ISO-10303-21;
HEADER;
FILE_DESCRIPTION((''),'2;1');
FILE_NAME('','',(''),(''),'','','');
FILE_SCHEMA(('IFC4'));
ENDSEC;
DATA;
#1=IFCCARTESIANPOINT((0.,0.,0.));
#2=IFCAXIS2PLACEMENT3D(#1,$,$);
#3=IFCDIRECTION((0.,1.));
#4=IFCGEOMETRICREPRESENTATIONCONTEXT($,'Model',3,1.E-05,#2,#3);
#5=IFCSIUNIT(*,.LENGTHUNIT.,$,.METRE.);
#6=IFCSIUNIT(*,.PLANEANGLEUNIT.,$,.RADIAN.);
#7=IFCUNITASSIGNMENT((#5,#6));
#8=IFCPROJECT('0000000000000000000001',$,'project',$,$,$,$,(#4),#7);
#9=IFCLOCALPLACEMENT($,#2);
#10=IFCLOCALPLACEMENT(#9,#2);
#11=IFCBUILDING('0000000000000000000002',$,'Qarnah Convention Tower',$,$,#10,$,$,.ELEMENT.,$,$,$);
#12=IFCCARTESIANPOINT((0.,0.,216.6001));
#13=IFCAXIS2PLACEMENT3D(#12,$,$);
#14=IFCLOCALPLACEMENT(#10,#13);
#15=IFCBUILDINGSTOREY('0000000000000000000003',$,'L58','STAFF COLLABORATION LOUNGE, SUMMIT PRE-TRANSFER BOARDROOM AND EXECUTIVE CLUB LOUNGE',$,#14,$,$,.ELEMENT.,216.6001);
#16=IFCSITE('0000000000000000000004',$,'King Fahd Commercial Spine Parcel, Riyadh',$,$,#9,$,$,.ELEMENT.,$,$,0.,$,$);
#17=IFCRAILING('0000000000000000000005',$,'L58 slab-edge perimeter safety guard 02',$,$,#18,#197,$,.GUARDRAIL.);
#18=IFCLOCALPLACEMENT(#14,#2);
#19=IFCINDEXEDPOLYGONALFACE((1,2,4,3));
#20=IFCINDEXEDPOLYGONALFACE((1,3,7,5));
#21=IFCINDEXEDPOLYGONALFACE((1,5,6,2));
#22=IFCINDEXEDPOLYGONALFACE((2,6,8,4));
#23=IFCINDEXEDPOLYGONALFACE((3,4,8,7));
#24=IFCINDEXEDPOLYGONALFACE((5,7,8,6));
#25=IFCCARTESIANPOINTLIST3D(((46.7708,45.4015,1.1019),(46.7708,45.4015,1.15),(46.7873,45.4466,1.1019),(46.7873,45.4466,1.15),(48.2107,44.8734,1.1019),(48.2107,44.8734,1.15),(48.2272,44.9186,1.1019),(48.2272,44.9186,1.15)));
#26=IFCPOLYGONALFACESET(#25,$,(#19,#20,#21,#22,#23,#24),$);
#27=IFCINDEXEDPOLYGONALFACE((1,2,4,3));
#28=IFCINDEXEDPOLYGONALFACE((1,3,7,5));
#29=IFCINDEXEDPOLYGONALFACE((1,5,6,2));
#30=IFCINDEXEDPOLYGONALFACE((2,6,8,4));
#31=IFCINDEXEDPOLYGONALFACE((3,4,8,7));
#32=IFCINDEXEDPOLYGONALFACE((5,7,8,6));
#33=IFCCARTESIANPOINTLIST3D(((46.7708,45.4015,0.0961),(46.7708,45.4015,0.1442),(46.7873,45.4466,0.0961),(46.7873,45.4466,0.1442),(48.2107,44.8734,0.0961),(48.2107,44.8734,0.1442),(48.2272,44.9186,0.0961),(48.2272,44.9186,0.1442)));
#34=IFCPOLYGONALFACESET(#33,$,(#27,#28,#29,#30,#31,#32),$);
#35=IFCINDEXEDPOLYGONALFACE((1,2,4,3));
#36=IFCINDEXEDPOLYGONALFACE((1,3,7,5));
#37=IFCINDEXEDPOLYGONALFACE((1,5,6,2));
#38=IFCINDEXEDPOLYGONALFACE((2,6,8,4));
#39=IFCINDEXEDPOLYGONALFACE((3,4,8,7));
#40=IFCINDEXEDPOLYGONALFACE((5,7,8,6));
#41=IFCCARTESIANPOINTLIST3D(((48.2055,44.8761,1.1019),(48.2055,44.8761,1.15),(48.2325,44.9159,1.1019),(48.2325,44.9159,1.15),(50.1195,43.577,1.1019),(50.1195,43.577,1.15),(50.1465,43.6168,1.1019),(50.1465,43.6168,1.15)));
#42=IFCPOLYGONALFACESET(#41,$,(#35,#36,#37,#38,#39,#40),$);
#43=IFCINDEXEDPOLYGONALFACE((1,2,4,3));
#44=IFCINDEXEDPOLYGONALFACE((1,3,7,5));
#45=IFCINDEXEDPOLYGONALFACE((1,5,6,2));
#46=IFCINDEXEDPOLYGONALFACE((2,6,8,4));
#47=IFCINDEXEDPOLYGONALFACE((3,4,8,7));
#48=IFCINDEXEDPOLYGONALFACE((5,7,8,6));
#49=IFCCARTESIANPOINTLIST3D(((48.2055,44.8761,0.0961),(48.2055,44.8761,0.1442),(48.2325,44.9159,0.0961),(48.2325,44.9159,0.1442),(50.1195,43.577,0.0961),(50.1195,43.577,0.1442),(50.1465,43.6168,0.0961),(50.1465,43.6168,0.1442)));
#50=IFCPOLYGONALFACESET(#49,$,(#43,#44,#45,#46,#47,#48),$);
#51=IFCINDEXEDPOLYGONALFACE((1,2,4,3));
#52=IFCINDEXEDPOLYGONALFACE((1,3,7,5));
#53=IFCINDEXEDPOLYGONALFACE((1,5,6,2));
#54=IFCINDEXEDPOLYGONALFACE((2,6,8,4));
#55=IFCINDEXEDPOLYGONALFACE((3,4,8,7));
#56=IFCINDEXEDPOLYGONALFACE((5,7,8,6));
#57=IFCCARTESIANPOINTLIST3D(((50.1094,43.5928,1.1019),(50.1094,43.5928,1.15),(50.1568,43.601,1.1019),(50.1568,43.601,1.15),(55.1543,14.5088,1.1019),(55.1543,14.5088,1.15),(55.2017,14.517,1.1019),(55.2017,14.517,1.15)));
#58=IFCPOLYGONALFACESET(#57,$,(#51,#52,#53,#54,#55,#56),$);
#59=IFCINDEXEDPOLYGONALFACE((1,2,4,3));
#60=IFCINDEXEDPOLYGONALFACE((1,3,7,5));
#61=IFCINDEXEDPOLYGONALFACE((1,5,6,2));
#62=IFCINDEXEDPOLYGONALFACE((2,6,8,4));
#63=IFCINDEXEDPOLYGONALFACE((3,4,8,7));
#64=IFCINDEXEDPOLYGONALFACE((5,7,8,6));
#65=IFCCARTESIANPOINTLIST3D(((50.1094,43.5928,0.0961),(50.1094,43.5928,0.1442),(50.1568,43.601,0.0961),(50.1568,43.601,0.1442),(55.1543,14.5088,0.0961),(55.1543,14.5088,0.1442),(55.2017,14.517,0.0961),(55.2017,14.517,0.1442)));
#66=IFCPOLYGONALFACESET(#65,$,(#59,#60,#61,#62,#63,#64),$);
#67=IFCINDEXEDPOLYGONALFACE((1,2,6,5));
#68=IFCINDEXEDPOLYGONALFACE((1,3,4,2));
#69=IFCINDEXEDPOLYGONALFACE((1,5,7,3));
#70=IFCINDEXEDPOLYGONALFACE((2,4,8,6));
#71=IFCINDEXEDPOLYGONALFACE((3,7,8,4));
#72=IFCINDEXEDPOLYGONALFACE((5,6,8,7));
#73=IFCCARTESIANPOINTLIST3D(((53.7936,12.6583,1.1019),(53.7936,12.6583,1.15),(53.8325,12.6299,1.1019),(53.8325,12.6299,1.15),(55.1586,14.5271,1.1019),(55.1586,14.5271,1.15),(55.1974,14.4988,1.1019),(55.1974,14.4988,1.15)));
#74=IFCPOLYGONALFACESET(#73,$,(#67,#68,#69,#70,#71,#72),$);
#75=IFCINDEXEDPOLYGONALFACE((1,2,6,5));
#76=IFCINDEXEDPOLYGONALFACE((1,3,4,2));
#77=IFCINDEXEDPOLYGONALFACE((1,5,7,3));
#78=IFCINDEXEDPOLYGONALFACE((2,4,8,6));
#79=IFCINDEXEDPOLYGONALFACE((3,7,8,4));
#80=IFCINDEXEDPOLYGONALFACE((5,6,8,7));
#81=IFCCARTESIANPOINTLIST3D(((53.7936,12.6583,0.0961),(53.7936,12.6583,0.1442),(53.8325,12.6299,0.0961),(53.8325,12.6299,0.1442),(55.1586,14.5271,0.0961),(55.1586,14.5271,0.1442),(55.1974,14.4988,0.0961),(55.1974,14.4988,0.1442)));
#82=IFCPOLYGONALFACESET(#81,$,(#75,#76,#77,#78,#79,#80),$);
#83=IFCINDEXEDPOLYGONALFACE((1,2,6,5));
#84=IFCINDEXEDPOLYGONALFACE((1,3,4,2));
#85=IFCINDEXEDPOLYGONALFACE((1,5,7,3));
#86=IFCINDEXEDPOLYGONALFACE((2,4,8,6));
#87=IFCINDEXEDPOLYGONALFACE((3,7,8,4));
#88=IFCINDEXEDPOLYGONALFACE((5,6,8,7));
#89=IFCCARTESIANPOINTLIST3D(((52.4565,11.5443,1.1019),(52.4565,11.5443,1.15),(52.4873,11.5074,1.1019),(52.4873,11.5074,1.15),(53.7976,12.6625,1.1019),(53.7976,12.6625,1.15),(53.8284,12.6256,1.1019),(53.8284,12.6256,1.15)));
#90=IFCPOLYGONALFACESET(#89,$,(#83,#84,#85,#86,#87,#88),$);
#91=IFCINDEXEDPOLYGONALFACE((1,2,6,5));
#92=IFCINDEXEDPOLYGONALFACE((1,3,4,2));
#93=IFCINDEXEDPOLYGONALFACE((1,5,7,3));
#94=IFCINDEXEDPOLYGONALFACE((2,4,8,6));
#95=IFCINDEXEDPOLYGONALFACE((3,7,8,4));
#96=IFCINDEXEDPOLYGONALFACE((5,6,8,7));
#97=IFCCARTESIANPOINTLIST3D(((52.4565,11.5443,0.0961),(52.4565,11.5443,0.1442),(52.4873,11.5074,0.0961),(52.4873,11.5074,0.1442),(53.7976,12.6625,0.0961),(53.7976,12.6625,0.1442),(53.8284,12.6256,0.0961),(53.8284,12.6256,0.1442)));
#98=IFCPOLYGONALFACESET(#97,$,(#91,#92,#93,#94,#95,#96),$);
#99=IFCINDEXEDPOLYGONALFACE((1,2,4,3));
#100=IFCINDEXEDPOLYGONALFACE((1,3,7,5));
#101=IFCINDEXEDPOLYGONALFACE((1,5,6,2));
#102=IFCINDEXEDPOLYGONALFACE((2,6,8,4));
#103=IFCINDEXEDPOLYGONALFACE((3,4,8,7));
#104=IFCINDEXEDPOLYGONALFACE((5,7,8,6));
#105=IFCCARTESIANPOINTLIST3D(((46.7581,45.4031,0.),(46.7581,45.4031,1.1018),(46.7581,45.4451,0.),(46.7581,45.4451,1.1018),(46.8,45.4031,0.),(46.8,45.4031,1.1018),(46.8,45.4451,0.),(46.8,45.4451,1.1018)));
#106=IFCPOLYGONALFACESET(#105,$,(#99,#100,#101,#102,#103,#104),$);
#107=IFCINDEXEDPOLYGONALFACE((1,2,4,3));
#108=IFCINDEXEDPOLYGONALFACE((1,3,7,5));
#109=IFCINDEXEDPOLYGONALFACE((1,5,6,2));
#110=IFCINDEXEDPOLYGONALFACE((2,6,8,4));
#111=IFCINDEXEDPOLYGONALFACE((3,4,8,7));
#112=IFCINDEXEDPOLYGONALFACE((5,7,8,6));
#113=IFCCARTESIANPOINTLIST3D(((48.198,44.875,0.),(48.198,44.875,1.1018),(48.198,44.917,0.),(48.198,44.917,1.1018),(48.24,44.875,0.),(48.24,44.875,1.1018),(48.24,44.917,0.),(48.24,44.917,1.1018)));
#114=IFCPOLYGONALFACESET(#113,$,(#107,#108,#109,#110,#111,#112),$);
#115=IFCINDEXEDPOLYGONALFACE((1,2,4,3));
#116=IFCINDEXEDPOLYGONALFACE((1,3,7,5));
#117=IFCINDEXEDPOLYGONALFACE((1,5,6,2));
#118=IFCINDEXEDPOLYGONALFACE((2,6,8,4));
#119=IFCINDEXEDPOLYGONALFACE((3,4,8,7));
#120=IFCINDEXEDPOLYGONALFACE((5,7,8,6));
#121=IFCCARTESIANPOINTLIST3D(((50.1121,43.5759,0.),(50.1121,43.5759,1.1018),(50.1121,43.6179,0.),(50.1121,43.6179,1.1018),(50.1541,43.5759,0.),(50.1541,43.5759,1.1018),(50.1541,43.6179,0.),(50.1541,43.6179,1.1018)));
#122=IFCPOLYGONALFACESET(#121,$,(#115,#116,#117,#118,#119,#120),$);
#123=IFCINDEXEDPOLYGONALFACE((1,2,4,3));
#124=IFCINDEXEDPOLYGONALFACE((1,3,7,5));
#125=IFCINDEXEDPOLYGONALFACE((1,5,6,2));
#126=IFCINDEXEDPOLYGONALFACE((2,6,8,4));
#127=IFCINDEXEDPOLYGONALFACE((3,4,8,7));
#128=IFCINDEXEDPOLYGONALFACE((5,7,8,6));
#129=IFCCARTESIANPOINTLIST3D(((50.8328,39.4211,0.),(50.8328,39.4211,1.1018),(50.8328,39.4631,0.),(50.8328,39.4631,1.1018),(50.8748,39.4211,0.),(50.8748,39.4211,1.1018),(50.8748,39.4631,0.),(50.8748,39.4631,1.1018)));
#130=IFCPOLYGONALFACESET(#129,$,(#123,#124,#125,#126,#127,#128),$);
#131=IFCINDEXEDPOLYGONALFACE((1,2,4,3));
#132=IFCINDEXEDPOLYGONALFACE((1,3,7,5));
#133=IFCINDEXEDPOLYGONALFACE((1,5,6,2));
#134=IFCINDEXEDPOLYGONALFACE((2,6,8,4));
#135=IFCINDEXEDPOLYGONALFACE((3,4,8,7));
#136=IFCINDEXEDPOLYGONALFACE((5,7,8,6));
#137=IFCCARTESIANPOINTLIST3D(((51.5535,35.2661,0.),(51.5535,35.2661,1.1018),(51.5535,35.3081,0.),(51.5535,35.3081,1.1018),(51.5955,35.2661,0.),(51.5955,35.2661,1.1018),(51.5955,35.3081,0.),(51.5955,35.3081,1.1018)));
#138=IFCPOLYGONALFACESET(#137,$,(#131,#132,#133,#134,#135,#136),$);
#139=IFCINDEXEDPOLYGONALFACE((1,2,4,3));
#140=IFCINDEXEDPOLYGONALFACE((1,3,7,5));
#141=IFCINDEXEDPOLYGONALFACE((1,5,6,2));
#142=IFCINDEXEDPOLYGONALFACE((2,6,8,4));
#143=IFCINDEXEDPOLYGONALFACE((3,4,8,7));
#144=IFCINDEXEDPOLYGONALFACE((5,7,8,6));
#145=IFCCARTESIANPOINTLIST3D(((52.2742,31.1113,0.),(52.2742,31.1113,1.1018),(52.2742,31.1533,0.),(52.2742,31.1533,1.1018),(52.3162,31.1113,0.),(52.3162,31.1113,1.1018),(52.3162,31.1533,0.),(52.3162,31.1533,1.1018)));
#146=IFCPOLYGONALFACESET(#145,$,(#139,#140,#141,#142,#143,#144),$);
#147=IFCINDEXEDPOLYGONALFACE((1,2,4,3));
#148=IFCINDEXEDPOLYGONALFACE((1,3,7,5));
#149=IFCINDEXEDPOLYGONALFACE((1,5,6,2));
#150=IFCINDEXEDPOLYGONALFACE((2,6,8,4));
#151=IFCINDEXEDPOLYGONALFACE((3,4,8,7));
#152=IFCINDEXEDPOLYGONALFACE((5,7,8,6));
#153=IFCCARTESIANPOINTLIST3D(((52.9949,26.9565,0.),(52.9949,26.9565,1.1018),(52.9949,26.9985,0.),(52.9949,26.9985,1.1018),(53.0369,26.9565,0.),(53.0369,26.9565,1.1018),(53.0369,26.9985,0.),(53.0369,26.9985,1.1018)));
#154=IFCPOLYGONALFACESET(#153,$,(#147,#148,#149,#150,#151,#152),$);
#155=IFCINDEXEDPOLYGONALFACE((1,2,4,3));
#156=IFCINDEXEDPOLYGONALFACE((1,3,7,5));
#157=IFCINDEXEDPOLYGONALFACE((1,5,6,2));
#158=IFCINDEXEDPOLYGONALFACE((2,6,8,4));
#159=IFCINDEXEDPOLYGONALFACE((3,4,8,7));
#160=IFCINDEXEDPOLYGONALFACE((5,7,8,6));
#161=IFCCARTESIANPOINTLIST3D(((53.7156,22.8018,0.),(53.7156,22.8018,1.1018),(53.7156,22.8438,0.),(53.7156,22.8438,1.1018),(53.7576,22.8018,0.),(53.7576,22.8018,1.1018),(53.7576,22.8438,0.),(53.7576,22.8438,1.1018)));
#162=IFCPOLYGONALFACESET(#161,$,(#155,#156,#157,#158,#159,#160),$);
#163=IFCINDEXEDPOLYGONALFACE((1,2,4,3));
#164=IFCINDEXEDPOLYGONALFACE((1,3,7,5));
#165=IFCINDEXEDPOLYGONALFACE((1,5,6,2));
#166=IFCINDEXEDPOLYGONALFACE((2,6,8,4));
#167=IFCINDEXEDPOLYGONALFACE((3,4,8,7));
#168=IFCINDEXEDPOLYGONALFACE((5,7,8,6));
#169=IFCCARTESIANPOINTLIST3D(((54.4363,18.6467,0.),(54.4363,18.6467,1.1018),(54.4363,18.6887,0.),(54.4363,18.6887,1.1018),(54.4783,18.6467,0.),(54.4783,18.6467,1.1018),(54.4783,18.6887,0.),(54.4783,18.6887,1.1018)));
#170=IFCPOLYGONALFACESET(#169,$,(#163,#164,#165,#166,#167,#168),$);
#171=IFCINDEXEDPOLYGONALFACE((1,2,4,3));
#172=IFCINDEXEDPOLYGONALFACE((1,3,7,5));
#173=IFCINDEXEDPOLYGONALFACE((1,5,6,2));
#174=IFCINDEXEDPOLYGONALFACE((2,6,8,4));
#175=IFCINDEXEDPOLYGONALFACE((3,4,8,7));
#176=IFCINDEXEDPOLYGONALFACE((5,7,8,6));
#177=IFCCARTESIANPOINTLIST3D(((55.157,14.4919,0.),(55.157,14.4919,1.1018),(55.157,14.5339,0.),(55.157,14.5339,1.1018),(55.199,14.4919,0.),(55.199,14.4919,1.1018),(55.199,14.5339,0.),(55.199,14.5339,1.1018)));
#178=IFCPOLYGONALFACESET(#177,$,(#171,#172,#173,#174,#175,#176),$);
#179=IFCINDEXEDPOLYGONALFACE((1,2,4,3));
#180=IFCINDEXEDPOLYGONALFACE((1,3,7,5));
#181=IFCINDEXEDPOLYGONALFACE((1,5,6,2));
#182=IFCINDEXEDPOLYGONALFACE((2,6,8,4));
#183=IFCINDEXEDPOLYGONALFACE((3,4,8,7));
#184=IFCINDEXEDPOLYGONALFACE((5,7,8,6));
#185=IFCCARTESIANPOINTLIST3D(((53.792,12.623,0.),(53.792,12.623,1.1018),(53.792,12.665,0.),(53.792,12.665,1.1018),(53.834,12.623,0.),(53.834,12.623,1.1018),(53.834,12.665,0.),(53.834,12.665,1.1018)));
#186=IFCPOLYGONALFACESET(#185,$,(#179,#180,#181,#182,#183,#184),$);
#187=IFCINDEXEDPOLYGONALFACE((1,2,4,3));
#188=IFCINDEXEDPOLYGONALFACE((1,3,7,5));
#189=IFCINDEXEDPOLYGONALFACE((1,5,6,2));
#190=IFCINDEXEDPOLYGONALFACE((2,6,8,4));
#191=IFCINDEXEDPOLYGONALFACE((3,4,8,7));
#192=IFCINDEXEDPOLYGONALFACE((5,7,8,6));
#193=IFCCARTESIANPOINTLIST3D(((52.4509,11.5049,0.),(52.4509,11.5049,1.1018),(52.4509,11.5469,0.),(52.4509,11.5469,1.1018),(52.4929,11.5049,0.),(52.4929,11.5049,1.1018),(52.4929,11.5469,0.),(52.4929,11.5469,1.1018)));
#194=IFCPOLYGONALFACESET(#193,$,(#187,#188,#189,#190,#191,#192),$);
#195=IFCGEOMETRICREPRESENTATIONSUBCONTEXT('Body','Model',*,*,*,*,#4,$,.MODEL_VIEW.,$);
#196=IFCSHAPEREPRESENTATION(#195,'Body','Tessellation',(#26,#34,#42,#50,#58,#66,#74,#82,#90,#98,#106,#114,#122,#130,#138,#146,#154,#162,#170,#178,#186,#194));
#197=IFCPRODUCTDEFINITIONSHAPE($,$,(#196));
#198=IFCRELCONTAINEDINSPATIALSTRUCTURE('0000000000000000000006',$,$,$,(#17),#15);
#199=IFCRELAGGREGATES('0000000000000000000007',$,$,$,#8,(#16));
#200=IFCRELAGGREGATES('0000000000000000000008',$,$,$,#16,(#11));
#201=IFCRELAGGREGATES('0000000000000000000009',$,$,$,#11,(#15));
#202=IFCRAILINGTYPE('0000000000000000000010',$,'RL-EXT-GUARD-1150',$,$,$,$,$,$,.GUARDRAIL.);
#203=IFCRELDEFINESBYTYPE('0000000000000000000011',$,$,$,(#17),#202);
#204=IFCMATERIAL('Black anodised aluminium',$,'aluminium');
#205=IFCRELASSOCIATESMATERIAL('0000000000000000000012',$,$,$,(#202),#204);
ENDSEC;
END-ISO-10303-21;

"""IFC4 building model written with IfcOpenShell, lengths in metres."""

from ifc_helpers import new_model, si_unit, direction, frame, origin, origin_2d, place, context, subcontext, project, spatial, rectangle, extrude, material, type_object, element, save


model = new_model("IFC4")

# Units and contexts
model_context = context("Model", 3, precision=1e-05, world=origin(), true_north=direction((0.0, 1.0)))
body_context = subcontext(model_context, "Body", "Model", "MODEL_VIEW")
ifc_project = project(units=[si_unit("LENGTHUNIT", "METRE"), si_unit("PLANEANGLEUNIT", "RADIAN")], contexts=[model_context])

# Site, building, storey
site_placement = place(None, origin())
site = spatial("IfcSite", under=ifc_project, at=site_placement, Name="King Fahd Commercial Spine Parcel, Riyadh", CompositionType="ELEMENT", RefElevation=0.0)
building_placement = place(site_placement, origin())
building = spatial("IfcBuilding", under=site, at=building_placement, Name="Qarnah Convention Tower", CompositionType="ELEMENT")
storey_placement = place(building_placement, frame((0.0, 0.0, 216.6001)))
storey = spatial("IfcBuildingStorey", under=building, at=storey_placement, Name="L58", Description="STAFF COLLABORATION LOUNGE, SUMMIT PRE-TRANSFER BOARDROOM AND EXECUTIVE CLUB LOUNGE", CompositionType="ELEMENT", Elevation=216.6001)

# Shared definitions
ifc_material_1 = material(Name="Black anodised aluminium", Category="aluminium")

# Railing
railing_type = type_object("IfcRailingType", Name="RL-EXT-GUARD-1150", PredefinedType="GUARDRAIL", material=ifc_material_1)
railing_1_placement = place(storey_placement, frame((46.7791, 45.4241, 0.0)))
element("IfcRailing", 1, at=railing_1_placement, inside=storey, type_object=railing_type, Name="L58 slab-edge perimeter safety guard 02", PredefinedType="GUARDRAIL", context=body_context, shape_type="SweptSolid", body=[
    extrude(rectangle(XDim=0.0481, YDim=0.0481, at=origin_2d()), frame((0.0, 0.0, 1.126), z_axis=(0.938856, -0.344311, 0.0), x_axis=(0.344311, 0.938856, 0.0)), (0.0, 0.0, 1.0), 1.5337),
    extrude(rectangle(XDim=0.0481, YDim=0.0481, at=origin_2d()), frame((0.0, 0.0, 0.1201), z_axis=(0.938856, -0.344311, 0.0), x_axis=(0.344311, 0.938856, 0.0)), (0.0, 0.0, 1.0), 1.5337),
    extrude(rectangle(XDim=0.0481, YDim=0.0481, at=origin_2d()), frame((1.4399, -0.5281, 1.126), z_axis=(0.827427, -0.561574, 0.0), x_axis=(0.561574, 0.827427, 0.0)), (0.0, 0.0, 1.0), 2.3132),
    extrude(rectangle(XDim=0.0481, YDim=0.0481, at=origin_2d()), frame((1.4399, -0.5281, 0.1201), z_axis=(0.827427, -0.561574, 0.0), x_axis=(0.561574, 0.827427, 0.0)), (0.0, 0.0, 1.0), 2.3132),
    extrude(rectangle(XDim=0.0481, YDim=0.0481, at=origin_2d()), frame((3.354, -1.8271, 1.126), z_axis=(0.170908, -0.985287, 0.0), x_axis=(0.985287, 0.170908, 0.0)), (0.0, 0.0, 1.0), 29.5183),
    extrude(rectangle(XDim=0.0481, YDim=0.0481, at=origin_2d()), frame((3.354, -1.8271, 0.1201), z_axis=(0.170908, -0.985287, 0.0), x_axis=(0.985287, 0.170908, 0.0)), (0.0, 0.0, 1.0), 29.5183),
    extrude(rectangle(XDim=0.0481, YDim=0.0481, at=origin_2d()), frame((8.3989, -30.9111, 1.126), z_axis=(-0.589808, -0.807544, 0.0), x_axis=(0.807544, -0.589808, 0.0)), (0.0, 0.0, 1.0), 2.3142),
    extrude(rectangle(XDim=0.0481, YDim=0.0481, at=origin_2d()), frame((8.3989, -30.9111, 0.1201), z_axis=(-0.589808, -0.807544, 0.0), x_axis=(0.807544, -0.589808, 0.0)), (0.0, 0.0, 1.0), 2.3142),
    extrude(rectangle(XDim=0.0481, YDim=0.0481, at=origin_2d()), frame((7.0339, -32.78, 1.126), z_axis=(-0.768049, -0.640391, 0.0), x_axis=(0.640391, -0.768049, 0.0)), (0.0, 0.0, 1.0), 1.7461),
    extrude(rectangle(XDim=0.0481, YDim=0.0481, at=origin_2d()), frame((7.0339, -32.78, 0.1201), z_axis=(-0.768049, -0.640391, 0.0), x_axis=(0.640391, -0.768049, 0.0)), (0.0, 0.0, 1.0), 1.7461),
    extrude(rectangle(XDim=0.042, YDim=0.042, at=origin_2d()), origin(), (0.0, 0.0, 1.0), 1.1018),
    extrude(rectangle(XDim=0.042, YDim=0.042, at=origin_2d()), frame((1.4399, -0.5281, 0.0)), (0.0, 0.0, 1.0), 1.1018),
    extrude(rectangle(XDim=0.042, YDim=0.042, at=origin_2d()), frame((3.354, -1.8271, 0.0)), (0.0, 0.0, 1.0), 1.1018),
    extrude(rectangle(XDim=0.042, YDim=0.042, at=origin_2d()), frame((4.0747, -5.9819, 0.0)), (0.0, 0.0, 1.0), 1.1018),
    extrude(rectangle(XDim=0.042, YDim=0.042, at=origin_2d()), frame((4.7954, -10.137, 0.0)), (0.0, 0.0, 1.0), 1.1018),
    extrude(rectangle(XDim=0.042, YDim=0.042, at=origin_2d()), frame((5.5161, -14.2917, 0.0)), (0.0, 0.0, 1.0), 1.1018),
    extrude(rectangle(XDim=0.042, YDim=0.042, at=origin_2d()), frame((6.2368, -18.4465, 0.0)), (0.0, 0.0, 1.0), 1.1018),
    extrude(rectangle(XDim=0.042, YDim=0.042, at=origin_2d()), frame((6.9575, -22.6013, 0.0)), (0.0, 0.0, 1.0), 1.1018),
    extrude(rectangle(XDim=0.042, YDim=0.042, at=origin_2d()), frame((7.6782, -26.7563, 0.0)), (0.0, 0.0, 1.0), 1.1018),
    extrude(rectangle(XDim=0.042, YDim=0.042, at=origin_2d()), frame((8.3989, -30.9111, 0.0)), (0.0, 0.0, 1.0), 1.1018),
    extrude(rectangle(XDim=0.042, YDim=0.042, at=origin_2d()), frame((7.0339, -32.78, 0.0)), (0.0, 0.0, 1.0), 1.1018),
    extrude(rectangle(XDim=0.042, YDim=0.042, at=origin_2d()), frame((5.6929, -33.8982, 0.0)), (0.0, 0.0, 1.0), 1.1018),
])

save(model, "model.ifc")
